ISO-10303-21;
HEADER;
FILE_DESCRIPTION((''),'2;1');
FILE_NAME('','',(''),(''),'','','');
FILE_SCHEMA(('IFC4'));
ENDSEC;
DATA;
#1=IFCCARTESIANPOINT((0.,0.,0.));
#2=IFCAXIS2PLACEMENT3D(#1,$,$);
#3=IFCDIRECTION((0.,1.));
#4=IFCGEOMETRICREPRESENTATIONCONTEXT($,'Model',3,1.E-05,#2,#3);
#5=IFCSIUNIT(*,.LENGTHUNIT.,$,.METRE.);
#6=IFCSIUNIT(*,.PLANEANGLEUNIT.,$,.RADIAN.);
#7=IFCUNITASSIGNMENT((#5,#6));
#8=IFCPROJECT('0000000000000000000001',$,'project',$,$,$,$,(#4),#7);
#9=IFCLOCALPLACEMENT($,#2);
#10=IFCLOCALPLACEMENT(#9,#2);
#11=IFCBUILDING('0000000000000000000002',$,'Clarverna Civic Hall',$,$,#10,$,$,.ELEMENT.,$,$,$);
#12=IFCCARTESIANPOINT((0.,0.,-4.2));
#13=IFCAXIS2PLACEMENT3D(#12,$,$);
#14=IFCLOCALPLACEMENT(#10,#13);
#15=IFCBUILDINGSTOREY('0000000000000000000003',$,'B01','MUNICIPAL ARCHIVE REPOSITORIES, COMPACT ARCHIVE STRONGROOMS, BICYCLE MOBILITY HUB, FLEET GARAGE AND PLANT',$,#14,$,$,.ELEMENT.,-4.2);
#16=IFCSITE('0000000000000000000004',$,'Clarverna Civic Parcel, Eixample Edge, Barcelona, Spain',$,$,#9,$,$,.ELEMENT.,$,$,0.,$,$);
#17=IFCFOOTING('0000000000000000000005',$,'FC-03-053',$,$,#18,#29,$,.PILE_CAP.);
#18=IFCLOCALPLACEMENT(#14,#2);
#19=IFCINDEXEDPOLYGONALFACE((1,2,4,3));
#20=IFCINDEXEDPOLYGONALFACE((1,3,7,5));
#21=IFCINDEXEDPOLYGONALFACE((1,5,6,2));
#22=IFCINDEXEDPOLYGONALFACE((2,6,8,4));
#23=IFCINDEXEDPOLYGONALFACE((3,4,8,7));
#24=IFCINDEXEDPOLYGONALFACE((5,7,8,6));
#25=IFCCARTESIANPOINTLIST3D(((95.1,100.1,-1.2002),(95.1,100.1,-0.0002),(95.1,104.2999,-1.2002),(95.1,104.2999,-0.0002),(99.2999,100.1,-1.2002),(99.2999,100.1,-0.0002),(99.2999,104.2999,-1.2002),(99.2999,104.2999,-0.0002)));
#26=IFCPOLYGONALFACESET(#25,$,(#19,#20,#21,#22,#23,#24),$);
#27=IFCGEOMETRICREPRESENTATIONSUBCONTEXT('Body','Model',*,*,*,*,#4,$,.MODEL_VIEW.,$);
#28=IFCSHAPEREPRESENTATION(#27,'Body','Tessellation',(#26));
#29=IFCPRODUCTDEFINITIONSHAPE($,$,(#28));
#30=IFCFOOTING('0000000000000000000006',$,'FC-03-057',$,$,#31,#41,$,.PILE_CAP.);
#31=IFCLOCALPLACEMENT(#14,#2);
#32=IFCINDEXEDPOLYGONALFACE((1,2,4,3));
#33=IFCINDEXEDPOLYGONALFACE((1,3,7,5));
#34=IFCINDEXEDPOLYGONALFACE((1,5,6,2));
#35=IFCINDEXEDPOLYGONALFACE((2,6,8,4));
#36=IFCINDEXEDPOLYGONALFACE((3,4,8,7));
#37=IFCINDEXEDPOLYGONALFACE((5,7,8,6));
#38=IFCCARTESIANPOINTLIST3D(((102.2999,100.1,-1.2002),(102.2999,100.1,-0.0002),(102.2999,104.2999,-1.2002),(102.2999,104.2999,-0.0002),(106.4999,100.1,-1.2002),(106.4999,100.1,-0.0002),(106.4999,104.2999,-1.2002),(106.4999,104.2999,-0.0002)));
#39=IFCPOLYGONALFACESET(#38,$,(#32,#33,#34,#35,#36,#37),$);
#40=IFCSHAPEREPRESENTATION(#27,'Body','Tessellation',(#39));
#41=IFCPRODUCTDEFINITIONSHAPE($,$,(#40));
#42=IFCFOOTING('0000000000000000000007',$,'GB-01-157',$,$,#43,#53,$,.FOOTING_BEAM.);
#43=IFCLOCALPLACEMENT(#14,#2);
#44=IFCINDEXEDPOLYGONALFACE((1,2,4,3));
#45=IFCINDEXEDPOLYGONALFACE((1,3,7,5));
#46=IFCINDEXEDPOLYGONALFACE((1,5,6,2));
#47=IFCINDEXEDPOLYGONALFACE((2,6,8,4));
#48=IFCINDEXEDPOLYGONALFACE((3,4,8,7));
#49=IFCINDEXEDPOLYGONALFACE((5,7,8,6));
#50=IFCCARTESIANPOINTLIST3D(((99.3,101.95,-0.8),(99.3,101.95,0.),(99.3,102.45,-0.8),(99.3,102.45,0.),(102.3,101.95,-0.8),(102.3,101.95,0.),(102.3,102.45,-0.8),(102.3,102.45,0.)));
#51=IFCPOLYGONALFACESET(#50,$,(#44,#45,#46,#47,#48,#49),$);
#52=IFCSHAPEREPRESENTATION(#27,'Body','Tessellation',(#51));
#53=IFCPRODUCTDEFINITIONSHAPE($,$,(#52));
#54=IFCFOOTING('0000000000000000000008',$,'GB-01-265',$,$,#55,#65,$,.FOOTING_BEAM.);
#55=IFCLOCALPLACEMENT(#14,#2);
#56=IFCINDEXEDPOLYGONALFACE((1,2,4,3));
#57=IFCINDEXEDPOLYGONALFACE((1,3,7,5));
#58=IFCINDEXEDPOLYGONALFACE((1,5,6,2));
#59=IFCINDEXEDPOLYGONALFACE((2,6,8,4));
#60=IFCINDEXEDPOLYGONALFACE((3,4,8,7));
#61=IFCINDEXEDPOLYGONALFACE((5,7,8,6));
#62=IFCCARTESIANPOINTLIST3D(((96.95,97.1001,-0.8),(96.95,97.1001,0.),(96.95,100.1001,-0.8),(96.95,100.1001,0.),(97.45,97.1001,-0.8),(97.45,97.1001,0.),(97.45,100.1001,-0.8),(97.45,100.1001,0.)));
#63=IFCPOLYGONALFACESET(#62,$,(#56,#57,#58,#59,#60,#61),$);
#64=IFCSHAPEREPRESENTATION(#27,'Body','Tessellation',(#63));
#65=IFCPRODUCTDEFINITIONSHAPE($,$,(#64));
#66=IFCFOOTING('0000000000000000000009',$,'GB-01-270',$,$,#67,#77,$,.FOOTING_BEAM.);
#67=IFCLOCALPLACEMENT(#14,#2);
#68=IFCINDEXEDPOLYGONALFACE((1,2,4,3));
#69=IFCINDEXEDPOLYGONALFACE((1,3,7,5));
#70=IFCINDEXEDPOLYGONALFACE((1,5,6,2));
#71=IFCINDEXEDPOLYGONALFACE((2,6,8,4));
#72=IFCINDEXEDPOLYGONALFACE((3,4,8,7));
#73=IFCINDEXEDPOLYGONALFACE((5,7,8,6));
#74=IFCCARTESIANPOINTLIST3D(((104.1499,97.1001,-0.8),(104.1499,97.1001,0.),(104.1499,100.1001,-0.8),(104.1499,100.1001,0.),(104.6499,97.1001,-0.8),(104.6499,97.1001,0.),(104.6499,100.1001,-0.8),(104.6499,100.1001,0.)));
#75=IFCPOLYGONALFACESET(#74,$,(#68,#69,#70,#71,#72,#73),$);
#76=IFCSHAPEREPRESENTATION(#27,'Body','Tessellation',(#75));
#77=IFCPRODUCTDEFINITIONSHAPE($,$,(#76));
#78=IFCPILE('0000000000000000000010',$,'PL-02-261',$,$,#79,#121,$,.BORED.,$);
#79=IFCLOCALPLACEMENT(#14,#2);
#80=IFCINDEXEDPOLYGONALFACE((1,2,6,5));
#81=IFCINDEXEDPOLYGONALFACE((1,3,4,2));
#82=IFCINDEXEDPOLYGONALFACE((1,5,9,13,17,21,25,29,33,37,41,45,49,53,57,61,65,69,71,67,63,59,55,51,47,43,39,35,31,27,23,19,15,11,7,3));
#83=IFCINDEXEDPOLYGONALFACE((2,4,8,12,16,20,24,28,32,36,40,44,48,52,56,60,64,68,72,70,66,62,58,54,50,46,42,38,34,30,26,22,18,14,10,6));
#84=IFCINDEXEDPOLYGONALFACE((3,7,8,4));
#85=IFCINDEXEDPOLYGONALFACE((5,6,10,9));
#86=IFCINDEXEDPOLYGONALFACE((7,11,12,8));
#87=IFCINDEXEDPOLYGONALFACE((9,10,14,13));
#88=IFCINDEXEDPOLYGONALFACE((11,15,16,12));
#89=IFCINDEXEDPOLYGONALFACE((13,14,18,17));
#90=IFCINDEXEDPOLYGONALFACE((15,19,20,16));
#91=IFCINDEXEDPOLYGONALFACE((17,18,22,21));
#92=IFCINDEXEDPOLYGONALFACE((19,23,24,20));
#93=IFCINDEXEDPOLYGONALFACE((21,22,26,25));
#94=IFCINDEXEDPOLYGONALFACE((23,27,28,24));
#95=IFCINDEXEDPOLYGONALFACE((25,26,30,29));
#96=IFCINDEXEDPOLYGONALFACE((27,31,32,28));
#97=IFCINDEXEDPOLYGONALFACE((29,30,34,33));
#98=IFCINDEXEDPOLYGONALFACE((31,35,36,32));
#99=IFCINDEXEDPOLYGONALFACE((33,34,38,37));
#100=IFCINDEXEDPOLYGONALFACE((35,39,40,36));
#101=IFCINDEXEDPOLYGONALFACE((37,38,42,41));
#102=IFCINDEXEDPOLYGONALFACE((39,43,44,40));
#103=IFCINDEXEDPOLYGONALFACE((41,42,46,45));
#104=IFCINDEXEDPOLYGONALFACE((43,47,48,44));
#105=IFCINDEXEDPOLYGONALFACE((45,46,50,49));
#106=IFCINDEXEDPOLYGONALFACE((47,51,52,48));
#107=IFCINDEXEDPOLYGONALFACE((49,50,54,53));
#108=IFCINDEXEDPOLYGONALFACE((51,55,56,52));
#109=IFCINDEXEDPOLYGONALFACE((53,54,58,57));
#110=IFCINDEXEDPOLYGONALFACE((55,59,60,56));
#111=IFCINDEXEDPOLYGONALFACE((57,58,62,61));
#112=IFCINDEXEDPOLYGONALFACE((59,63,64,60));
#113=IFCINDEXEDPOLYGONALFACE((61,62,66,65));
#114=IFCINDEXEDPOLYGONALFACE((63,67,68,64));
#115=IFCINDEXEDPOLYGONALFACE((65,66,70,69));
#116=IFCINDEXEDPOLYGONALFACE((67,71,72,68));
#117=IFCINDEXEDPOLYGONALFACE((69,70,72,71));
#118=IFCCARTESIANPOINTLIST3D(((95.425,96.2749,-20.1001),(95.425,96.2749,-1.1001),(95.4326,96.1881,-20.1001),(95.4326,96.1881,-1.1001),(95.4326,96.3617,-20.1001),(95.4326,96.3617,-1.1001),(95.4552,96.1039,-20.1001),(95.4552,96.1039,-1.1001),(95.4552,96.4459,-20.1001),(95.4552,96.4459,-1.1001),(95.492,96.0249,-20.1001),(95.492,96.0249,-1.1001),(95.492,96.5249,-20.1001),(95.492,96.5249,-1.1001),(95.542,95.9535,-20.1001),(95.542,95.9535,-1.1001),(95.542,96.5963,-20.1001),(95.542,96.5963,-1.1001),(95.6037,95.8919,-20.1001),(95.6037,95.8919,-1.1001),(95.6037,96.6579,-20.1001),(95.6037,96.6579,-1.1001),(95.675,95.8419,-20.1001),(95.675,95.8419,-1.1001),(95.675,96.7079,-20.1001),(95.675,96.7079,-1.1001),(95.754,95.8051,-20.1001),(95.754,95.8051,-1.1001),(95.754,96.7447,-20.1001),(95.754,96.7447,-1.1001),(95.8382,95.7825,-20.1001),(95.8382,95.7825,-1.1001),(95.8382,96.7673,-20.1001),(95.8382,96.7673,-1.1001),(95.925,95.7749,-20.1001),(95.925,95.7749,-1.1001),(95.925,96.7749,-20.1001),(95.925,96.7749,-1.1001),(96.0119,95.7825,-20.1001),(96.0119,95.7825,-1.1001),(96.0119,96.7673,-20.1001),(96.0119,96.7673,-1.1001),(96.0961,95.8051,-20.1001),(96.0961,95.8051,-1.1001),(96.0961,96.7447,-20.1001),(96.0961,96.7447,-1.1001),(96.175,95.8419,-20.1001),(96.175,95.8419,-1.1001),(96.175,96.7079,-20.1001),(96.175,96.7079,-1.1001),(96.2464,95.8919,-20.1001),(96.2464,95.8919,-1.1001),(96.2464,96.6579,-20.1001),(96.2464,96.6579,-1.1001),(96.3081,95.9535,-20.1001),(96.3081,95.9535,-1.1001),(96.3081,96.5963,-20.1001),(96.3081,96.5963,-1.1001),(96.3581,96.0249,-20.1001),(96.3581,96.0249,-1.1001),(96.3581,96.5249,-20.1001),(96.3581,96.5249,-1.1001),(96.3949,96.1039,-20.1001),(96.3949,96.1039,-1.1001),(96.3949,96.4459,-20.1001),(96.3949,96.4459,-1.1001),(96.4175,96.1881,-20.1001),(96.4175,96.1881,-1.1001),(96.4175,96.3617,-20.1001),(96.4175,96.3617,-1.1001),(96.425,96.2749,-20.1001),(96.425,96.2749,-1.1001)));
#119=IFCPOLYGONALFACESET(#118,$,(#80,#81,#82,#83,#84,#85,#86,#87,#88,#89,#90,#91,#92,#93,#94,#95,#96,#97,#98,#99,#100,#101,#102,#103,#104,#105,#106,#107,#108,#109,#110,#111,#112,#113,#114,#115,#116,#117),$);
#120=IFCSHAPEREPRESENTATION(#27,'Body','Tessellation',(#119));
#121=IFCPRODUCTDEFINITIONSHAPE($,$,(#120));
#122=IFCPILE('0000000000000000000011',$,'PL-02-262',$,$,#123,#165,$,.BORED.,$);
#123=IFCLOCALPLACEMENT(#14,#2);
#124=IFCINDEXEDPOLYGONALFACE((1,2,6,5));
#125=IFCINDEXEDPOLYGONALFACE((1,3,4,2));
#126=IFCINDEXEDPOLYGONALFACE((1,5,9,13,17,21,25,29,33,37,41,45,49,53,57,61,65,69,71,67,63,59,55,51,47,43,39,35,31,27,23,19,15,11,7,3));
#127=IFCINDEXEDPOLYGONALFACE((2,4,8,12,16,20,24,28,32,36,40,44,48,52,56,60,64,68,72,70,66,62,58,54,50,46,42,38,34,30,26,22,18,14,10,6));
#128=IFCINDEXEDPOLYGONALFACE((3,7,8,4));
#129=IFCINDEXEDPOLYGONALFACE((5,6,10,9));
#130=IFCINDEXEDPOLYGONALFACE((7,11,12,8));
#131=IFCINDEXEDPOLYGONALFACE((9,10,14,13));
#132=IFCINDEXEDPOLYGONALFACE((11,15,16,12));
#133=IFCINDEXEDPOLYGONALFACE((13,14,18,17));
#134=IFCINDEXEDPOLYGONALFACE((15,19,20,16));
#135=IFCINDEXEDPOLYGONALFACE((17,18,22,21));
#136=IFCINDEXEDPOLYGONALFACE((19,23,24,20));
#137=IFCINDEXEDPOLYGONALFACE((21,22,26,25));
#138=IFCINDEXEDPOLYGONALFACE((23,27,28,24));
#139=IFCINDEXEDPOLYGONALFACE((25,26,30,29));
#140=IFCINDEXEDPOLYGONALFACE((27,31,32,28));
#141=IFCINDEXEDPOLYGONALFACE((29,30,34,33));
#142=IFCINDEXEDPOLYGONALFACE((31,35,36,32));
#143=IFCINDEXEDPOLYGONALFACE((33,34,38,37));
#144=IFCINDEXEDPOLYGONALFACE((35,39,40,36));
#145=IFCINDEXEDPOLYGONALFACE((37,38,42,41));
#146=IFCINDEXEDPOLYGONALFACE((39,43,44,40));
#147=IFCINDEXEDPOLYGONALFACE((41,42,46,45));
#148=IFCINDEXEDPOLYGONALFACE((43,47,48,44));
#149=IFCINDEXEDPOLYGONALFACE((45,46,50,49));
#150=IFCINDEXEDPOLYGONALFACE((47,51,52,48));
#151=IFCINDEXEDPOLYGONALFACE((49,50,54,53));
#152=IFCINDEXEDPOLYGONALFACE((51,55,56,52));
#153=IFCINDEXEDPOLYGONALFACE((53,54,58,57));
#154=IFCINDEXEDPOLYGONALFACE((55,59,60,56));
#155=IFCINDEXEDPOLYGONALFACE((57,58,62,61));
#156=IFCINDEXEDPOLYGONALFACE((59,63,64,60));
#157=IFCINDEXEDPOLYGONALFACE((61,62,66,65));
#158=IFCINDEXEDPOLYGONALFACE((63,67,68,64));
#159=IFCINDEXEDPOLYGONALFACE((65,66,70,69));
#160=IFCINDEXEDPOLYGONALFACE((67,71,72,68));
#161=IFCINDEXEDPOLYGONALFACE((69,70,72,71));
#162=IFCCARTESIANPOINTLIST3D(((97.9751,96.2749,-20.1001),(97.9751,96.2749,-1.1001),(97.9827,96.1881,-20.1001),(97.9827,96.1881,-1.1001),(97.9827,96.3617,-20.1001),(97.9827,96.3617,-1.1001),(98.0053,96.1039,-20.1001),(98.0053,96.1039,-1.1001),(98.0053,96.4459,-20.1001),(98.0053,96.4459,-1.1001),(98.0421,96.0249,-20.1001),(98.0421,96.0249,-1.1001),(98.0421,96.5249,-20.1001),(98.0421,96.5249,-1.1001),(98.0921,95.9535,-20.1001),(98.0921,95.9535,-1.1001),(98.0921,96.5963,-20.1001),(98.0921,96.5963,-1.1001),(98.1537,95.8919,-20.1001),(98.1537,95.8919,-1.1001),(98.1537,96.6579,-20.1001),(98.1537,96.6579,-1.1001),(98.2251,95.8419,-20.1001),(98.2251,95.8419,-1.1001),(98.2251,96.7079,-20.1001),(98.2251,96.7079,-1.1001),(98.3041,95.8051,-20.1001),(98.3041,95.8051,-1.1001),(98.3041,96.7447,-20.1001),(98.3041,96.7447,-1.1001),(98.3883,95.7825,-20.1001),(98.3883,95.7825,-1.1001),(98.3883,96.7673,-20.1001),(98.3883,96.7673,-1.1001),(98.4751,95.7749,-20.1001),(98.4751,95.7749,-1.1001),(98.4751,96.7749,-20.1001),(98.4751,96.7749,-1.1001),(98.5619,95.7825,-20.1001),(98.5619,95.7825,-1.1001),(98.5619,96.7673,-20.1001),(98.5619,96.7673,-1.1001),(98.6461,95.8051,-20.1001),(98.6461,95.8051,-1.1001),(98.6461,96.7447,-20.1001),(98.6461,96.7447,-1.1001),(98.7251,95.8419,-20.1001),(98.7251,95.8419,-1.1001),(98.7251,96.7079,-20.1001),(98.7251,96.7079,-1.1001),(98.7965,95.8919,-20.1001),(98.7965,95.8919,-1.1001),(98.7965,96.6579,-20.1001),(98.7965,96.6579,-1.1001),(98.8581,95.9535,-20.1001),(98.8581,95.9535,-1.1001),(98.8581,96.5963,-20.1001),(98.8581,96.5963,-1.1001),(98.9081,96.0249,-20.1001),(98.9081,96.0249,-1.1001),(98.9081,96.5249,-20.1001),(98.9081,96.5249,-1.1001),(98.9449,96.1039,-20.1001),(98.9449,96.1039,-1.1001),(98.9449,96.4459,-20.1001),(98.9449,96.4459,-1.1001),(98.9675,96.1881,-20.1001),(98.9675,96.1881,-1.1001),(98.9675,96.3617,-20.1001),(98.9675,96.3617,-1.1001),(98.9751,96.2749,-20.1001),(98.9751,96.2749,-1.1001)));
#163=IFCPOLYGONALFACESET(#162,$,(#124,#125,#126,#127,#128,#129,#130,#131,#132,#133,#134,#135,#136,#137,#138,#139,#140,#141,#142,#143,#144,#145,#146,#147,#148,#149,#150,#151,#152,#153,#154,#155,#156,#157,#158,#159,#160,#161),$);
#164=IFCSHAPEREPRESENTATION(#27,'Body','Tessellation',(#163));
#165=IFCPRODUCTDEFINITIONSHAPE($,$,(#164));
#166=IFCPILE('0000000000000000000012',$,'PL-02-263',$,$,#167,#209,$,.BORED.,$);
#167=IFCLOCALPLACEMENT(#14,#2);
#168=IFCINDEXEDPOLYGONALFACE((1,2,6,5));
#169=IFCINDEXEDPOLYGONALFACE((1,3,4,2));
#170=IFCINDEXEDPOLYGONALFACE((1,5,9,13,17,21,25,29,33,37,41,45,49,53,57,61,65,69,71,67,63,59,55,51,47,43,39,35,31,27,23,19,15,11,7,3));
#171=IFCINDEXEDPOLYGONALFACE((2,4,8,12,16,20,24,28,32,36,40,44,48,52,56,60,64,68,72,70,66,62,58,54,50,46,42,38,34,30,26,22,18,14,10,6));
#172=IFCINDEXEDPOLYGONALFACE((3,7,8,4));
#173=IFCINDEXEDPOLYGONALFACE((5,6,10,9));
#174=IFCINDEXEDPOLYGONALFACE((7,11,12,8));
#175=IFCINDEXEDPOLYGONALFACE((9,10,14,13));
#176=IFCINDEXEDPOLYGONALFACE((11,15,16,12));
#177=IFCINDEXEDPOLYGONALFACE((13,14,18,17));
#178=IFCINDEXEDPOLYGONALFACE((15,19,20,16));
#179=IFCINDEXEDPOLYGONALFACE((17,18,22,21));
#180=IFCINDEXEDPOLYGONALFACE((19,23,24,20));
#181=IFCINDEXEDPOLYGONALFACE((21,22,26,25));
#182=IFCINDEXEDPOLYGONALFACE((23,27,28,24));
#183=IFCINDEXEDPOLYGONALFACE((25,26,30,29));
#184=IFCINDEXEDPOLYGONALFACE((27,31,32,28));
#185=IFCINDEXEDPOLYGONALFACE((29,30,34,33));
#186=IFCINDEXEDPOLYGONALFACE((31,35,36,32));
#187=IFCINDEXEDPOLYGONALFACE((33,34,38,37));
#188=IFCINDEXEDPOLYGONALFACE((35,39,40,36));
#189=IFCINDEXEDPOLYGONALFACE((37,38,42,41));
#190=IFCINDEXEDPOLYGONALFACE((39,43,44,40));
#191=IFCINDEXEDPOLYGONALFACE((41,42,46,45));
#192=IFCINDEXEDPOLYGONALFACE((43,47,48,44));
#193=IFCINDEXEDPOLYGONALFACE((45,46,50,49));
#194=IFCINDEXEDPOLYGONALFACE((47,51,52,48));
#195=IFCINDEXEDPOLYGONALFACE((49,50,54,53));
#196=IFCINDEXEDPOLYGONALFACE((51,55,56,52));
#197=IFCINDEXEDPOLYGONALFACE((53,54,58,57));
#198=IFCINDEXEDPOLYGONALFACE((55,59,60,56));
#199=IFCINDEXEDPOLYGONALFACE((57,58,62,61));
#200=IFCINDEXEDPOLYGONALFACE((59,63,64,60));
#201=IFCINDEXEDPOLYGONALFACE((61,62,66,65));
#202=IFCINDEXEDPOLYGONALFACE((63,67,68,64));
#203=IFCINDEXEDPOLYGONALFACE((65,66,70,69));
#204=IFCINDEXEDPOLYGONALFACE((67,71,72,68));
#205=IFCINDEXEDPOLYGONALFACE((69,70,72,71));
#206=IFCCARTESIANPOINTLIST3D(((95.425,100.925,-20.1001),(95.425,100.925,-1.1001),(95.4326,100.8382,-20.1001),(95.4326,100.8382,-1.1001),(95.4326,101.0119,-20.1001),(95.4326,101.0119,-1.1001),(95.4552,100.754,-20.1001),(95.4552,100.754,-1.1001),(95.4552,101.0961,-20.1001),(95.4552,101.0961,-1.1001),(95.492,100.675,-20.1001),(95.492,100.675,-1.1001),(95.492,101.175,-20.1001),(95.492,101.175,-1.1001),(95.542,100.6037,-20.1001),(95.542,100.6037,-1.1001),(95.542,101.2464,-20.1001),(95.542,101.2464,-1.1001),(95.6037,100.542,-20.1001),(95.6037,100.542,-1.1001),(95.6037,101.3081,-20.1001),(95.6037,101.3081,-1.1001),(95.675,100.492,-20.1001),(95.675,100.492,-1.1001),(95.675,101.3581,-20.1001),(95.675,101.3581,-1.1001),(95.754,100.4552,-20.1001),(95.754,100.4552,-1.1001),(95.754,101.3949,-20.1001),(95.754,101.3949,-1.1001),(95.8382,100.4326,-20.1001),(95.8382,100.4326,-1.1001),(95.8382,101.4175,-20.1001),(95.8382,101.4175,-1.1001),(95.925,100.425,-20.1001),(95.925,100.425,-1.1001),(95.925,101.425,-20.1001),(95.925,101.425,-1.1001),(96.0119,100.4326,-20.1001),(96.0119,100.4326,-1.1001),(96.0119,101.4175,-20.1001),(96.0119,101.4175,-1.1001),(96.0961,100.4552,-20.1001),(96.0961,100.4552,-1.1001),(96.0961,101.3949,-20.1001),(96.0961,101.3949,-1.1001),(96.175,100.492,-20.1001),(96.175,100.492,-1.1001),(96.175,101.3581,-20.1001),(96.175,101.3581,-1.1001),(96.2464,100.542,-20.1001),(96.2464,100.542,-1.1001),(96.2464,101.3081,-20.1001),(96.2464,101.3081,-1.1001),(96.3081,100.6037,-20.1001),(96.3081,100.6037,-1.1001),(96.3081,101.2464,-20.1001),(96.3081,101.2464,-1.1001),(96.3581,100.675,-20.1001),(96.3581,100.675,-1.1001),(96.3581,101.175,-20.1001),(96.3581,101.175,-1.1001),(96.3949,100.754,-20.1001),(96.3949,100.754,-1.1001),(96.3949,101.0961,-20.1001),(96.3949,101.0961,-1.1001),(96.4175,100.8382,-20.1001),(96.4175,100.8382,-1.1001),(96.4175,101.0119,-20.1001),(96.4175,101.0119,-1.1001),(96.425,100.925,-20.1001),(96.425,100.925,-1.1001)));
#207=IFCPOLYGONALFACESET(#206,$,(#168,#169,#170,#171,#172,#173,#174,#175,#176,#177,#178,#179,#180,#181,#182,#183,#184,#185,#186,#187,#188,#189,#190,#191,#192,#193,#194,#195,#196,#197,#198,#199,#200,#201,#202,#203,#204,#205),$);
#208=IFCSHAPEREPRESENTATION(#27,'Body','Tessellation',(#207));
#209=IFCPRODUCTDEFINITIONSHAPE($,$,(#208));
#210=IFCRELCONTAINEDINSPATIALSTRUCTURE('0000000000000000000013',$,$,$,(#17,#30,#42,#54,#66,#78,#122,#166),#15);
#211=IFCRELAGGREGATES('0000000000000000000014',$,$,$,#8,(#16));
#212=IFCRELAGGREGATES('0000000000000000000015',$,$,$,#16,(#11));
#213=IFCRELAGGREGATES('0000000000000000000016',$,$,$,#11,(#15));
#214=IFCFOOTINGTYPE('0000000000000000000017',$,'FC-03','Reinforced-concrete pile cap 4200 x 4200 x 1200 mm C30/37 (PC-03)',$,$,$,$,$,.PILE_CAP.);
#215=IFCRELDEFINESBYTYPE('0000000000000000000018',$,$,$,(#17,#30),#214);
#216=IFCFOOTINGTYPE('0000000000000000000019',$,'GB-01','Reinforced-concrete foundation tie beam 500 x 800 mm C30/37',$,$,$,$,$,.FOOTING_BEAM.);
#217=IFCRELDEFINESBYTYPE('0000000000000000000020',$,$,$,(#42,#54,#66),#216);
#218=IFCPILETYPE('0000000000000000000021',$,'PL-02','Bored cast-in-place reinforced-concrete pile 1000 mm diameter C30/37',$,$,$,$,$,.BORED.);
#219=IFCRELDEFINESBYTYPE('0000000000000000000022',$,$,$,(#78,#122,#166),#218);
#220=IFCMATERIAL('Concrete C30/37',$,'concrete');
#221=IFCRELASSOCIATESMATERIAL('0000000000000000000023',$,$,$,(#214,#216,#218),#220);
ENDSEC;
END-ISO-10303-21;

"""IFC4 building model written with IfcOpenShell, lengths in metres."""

from ifc_helpers import new_model, si_unit, direction, frame, frame_2d, origin, origin_2d, place, context, subcontext, project, spatial, rectangle, circle, extrude, material, material_profile, profile_set, type_object, element, save


model = new_model("IFC4")

# Units and contexts
model_context = context("Model", 3, precision=1e-05, world=origin(), true_north=direction((0.0, 1.0)))
body_context = subcontext(model_context, "Body", "Model", "MODEL_VIEW")
ifc_project = project(units=[si_unit("LENGTHUNIT", "METRE"), si_unit("PLANEANGLEUNIT", "RADIAN")], contexts=[model_context])

# Site, building, storey
site_placement = place(None, origin())
site = spatial("IfcSite", under=ifc_project, at=site_placement, Name="Clarverna Civic Parcel, Eixample Edge, Barcelona, Spain", CompositionType="ELEMENT", RefElevation=0.0)
building_placement = place(site_placement, origin())
building = spatial("IfcBuilding", under=site, at=building_placement, Name="Clarverna Civic Hall", CompositionType="ELEMENT")
storey_placement = place(building_placement, frame((0.0, 0.0, -4.2)))
storey = spatial("IfcBuildingStorey", under=building, at=storey_placement, Name="B01", Description="MUNICIPAL ARCHIVE REPOSITORIES, COMPACT ARCHIVE STRONGROOMS, BICYCLE MOBILITY HUB, FLEET GARAGE AND PLANT", CompositionType="ELEMENT", Elevation=-4.2)

# Footings
ifc_material_1 = material(Name="Concrete C30/37", Category="concrete")
footing_type_1 = type_object("IfcFootingType", Name="FC-03", Description="Reinforced-concrete pile cap 4200 x 4200 x 1200 mm C30/37 (PC-03)", PredefinedType="PILE_CAP", material=ifc_material_1)
for number, where, z_axis, x_axis, name in (
    (1, (97.2, 102.2, -1.2002), (0.0, 0.0, 1.0), (1.0, 0.0, 0.0), "FC-03-053"),
    (2, (104.3999, 102.2, -1.2002), (0.0, 0.0, 1.0), (1.0, 0.0, 0.0), "FC-03-057"),
):
    element("IfcFooting", number, at=place(storey_placement, frame(where, z_axis=z_axis, x_axis=x_axis)), inside=storey, type_object=footing_type_1, Name=name, PredefinedType="PILE_CAP", context=body_context, shape_type="SweptSolid", body=[
        extrude(rectangle(XDim=4.2, YDim=4.2, at=origin_2d()), origin(), (0.0, 0.0, 1.0), 1.2),
    ])
footing_type_2 = type_object("IfcFootingType", Name="GB-01", Description="Reinforced-concrete foundation tie beam 500 x 800 mm C30/37", PredefinedType="FOOTING_BEAM", material=ifc_material_1)
for number, where, z_axis, x_axis, name in (
    (3, (99.3, 102.2, -0.8), (0.0, 0.0, 1.0), (1.0, 0.0, 0.0), "GB-01-157"),
    (4, (97.2, 97.1001, -0.8), (0.0, 0.0, 1.0), (0.0, 1.0, 0.0), "GB-01-265"),
    (5, (104.3999, 97.1001, -0.8), (0.0, 0.0, 1.0), (0.0, 1.0, 0.0), "GB-01-270"),
):
    element("IfcFooting", number, at=place(storey_placement, frame(where, z_axis=z_axis, x_axis=x_axis)), inside=storey, type_object=footing_type_2, Name=name, PredefinedType="FOOTING_BEAM", context=body_context, shape_type="SweptSolid", body=[
        extrude(rectangle(XDim=3.0, YDim=0.5, at=frame_2d((1.5, 0.0))), origin(), (0.0, 0.0, 1.0), 0.8),
    ])

# Piles
ifc_material_profile_1 = material_profile(ifc_material_1, circle(Radius=0.5, at=origin_2d()), Name="BORED PILE D1000")
ifc_profile_set_1 = profile_set([ifc_material_profile_1], Name="Concrete C30/37")
pile_type = type_object("IfcPileType", Name="PL-02", Description="Bored cast-in-place reinforced-concrete pile 1000 mm diameter C30/37", PredefinedType="BORED", material=ifc_profile_set_1)
for number, where, z_axis, x_axis, name in (
    (6, (95.925, 96.2749, -1.1001), (0.0, 0.0, -1.0), (1.0, 0.0, 0.0), "PL-02-261"),
    (7, (98.4751, 96.2749, -1.1001), (0.0, 0.0, -1.0), (1.0, 0.0, 0.0), "PL-02-262"),
    (8, (95.925, 100.925, -1.1001), (0.0, 0.0, -1.0), (1.0, 0.0, 0.0), "PL-02-263"),
):
    element("IfcPile", number, at=place(storey_placement, frame(where, z_axis=z_axis, x_axis=x_axis)), inside=storey, type_object=pile_type, Name=name, PredefinedType="BORED", context=body_context, shape_type="SweptSolid", body=[
        extrude(circle(Radius=0.5, at=origin_2d()), origin(), (0.0, 0.0, 1.0), 19.0),
    ])

save(model, "model.ifc")
